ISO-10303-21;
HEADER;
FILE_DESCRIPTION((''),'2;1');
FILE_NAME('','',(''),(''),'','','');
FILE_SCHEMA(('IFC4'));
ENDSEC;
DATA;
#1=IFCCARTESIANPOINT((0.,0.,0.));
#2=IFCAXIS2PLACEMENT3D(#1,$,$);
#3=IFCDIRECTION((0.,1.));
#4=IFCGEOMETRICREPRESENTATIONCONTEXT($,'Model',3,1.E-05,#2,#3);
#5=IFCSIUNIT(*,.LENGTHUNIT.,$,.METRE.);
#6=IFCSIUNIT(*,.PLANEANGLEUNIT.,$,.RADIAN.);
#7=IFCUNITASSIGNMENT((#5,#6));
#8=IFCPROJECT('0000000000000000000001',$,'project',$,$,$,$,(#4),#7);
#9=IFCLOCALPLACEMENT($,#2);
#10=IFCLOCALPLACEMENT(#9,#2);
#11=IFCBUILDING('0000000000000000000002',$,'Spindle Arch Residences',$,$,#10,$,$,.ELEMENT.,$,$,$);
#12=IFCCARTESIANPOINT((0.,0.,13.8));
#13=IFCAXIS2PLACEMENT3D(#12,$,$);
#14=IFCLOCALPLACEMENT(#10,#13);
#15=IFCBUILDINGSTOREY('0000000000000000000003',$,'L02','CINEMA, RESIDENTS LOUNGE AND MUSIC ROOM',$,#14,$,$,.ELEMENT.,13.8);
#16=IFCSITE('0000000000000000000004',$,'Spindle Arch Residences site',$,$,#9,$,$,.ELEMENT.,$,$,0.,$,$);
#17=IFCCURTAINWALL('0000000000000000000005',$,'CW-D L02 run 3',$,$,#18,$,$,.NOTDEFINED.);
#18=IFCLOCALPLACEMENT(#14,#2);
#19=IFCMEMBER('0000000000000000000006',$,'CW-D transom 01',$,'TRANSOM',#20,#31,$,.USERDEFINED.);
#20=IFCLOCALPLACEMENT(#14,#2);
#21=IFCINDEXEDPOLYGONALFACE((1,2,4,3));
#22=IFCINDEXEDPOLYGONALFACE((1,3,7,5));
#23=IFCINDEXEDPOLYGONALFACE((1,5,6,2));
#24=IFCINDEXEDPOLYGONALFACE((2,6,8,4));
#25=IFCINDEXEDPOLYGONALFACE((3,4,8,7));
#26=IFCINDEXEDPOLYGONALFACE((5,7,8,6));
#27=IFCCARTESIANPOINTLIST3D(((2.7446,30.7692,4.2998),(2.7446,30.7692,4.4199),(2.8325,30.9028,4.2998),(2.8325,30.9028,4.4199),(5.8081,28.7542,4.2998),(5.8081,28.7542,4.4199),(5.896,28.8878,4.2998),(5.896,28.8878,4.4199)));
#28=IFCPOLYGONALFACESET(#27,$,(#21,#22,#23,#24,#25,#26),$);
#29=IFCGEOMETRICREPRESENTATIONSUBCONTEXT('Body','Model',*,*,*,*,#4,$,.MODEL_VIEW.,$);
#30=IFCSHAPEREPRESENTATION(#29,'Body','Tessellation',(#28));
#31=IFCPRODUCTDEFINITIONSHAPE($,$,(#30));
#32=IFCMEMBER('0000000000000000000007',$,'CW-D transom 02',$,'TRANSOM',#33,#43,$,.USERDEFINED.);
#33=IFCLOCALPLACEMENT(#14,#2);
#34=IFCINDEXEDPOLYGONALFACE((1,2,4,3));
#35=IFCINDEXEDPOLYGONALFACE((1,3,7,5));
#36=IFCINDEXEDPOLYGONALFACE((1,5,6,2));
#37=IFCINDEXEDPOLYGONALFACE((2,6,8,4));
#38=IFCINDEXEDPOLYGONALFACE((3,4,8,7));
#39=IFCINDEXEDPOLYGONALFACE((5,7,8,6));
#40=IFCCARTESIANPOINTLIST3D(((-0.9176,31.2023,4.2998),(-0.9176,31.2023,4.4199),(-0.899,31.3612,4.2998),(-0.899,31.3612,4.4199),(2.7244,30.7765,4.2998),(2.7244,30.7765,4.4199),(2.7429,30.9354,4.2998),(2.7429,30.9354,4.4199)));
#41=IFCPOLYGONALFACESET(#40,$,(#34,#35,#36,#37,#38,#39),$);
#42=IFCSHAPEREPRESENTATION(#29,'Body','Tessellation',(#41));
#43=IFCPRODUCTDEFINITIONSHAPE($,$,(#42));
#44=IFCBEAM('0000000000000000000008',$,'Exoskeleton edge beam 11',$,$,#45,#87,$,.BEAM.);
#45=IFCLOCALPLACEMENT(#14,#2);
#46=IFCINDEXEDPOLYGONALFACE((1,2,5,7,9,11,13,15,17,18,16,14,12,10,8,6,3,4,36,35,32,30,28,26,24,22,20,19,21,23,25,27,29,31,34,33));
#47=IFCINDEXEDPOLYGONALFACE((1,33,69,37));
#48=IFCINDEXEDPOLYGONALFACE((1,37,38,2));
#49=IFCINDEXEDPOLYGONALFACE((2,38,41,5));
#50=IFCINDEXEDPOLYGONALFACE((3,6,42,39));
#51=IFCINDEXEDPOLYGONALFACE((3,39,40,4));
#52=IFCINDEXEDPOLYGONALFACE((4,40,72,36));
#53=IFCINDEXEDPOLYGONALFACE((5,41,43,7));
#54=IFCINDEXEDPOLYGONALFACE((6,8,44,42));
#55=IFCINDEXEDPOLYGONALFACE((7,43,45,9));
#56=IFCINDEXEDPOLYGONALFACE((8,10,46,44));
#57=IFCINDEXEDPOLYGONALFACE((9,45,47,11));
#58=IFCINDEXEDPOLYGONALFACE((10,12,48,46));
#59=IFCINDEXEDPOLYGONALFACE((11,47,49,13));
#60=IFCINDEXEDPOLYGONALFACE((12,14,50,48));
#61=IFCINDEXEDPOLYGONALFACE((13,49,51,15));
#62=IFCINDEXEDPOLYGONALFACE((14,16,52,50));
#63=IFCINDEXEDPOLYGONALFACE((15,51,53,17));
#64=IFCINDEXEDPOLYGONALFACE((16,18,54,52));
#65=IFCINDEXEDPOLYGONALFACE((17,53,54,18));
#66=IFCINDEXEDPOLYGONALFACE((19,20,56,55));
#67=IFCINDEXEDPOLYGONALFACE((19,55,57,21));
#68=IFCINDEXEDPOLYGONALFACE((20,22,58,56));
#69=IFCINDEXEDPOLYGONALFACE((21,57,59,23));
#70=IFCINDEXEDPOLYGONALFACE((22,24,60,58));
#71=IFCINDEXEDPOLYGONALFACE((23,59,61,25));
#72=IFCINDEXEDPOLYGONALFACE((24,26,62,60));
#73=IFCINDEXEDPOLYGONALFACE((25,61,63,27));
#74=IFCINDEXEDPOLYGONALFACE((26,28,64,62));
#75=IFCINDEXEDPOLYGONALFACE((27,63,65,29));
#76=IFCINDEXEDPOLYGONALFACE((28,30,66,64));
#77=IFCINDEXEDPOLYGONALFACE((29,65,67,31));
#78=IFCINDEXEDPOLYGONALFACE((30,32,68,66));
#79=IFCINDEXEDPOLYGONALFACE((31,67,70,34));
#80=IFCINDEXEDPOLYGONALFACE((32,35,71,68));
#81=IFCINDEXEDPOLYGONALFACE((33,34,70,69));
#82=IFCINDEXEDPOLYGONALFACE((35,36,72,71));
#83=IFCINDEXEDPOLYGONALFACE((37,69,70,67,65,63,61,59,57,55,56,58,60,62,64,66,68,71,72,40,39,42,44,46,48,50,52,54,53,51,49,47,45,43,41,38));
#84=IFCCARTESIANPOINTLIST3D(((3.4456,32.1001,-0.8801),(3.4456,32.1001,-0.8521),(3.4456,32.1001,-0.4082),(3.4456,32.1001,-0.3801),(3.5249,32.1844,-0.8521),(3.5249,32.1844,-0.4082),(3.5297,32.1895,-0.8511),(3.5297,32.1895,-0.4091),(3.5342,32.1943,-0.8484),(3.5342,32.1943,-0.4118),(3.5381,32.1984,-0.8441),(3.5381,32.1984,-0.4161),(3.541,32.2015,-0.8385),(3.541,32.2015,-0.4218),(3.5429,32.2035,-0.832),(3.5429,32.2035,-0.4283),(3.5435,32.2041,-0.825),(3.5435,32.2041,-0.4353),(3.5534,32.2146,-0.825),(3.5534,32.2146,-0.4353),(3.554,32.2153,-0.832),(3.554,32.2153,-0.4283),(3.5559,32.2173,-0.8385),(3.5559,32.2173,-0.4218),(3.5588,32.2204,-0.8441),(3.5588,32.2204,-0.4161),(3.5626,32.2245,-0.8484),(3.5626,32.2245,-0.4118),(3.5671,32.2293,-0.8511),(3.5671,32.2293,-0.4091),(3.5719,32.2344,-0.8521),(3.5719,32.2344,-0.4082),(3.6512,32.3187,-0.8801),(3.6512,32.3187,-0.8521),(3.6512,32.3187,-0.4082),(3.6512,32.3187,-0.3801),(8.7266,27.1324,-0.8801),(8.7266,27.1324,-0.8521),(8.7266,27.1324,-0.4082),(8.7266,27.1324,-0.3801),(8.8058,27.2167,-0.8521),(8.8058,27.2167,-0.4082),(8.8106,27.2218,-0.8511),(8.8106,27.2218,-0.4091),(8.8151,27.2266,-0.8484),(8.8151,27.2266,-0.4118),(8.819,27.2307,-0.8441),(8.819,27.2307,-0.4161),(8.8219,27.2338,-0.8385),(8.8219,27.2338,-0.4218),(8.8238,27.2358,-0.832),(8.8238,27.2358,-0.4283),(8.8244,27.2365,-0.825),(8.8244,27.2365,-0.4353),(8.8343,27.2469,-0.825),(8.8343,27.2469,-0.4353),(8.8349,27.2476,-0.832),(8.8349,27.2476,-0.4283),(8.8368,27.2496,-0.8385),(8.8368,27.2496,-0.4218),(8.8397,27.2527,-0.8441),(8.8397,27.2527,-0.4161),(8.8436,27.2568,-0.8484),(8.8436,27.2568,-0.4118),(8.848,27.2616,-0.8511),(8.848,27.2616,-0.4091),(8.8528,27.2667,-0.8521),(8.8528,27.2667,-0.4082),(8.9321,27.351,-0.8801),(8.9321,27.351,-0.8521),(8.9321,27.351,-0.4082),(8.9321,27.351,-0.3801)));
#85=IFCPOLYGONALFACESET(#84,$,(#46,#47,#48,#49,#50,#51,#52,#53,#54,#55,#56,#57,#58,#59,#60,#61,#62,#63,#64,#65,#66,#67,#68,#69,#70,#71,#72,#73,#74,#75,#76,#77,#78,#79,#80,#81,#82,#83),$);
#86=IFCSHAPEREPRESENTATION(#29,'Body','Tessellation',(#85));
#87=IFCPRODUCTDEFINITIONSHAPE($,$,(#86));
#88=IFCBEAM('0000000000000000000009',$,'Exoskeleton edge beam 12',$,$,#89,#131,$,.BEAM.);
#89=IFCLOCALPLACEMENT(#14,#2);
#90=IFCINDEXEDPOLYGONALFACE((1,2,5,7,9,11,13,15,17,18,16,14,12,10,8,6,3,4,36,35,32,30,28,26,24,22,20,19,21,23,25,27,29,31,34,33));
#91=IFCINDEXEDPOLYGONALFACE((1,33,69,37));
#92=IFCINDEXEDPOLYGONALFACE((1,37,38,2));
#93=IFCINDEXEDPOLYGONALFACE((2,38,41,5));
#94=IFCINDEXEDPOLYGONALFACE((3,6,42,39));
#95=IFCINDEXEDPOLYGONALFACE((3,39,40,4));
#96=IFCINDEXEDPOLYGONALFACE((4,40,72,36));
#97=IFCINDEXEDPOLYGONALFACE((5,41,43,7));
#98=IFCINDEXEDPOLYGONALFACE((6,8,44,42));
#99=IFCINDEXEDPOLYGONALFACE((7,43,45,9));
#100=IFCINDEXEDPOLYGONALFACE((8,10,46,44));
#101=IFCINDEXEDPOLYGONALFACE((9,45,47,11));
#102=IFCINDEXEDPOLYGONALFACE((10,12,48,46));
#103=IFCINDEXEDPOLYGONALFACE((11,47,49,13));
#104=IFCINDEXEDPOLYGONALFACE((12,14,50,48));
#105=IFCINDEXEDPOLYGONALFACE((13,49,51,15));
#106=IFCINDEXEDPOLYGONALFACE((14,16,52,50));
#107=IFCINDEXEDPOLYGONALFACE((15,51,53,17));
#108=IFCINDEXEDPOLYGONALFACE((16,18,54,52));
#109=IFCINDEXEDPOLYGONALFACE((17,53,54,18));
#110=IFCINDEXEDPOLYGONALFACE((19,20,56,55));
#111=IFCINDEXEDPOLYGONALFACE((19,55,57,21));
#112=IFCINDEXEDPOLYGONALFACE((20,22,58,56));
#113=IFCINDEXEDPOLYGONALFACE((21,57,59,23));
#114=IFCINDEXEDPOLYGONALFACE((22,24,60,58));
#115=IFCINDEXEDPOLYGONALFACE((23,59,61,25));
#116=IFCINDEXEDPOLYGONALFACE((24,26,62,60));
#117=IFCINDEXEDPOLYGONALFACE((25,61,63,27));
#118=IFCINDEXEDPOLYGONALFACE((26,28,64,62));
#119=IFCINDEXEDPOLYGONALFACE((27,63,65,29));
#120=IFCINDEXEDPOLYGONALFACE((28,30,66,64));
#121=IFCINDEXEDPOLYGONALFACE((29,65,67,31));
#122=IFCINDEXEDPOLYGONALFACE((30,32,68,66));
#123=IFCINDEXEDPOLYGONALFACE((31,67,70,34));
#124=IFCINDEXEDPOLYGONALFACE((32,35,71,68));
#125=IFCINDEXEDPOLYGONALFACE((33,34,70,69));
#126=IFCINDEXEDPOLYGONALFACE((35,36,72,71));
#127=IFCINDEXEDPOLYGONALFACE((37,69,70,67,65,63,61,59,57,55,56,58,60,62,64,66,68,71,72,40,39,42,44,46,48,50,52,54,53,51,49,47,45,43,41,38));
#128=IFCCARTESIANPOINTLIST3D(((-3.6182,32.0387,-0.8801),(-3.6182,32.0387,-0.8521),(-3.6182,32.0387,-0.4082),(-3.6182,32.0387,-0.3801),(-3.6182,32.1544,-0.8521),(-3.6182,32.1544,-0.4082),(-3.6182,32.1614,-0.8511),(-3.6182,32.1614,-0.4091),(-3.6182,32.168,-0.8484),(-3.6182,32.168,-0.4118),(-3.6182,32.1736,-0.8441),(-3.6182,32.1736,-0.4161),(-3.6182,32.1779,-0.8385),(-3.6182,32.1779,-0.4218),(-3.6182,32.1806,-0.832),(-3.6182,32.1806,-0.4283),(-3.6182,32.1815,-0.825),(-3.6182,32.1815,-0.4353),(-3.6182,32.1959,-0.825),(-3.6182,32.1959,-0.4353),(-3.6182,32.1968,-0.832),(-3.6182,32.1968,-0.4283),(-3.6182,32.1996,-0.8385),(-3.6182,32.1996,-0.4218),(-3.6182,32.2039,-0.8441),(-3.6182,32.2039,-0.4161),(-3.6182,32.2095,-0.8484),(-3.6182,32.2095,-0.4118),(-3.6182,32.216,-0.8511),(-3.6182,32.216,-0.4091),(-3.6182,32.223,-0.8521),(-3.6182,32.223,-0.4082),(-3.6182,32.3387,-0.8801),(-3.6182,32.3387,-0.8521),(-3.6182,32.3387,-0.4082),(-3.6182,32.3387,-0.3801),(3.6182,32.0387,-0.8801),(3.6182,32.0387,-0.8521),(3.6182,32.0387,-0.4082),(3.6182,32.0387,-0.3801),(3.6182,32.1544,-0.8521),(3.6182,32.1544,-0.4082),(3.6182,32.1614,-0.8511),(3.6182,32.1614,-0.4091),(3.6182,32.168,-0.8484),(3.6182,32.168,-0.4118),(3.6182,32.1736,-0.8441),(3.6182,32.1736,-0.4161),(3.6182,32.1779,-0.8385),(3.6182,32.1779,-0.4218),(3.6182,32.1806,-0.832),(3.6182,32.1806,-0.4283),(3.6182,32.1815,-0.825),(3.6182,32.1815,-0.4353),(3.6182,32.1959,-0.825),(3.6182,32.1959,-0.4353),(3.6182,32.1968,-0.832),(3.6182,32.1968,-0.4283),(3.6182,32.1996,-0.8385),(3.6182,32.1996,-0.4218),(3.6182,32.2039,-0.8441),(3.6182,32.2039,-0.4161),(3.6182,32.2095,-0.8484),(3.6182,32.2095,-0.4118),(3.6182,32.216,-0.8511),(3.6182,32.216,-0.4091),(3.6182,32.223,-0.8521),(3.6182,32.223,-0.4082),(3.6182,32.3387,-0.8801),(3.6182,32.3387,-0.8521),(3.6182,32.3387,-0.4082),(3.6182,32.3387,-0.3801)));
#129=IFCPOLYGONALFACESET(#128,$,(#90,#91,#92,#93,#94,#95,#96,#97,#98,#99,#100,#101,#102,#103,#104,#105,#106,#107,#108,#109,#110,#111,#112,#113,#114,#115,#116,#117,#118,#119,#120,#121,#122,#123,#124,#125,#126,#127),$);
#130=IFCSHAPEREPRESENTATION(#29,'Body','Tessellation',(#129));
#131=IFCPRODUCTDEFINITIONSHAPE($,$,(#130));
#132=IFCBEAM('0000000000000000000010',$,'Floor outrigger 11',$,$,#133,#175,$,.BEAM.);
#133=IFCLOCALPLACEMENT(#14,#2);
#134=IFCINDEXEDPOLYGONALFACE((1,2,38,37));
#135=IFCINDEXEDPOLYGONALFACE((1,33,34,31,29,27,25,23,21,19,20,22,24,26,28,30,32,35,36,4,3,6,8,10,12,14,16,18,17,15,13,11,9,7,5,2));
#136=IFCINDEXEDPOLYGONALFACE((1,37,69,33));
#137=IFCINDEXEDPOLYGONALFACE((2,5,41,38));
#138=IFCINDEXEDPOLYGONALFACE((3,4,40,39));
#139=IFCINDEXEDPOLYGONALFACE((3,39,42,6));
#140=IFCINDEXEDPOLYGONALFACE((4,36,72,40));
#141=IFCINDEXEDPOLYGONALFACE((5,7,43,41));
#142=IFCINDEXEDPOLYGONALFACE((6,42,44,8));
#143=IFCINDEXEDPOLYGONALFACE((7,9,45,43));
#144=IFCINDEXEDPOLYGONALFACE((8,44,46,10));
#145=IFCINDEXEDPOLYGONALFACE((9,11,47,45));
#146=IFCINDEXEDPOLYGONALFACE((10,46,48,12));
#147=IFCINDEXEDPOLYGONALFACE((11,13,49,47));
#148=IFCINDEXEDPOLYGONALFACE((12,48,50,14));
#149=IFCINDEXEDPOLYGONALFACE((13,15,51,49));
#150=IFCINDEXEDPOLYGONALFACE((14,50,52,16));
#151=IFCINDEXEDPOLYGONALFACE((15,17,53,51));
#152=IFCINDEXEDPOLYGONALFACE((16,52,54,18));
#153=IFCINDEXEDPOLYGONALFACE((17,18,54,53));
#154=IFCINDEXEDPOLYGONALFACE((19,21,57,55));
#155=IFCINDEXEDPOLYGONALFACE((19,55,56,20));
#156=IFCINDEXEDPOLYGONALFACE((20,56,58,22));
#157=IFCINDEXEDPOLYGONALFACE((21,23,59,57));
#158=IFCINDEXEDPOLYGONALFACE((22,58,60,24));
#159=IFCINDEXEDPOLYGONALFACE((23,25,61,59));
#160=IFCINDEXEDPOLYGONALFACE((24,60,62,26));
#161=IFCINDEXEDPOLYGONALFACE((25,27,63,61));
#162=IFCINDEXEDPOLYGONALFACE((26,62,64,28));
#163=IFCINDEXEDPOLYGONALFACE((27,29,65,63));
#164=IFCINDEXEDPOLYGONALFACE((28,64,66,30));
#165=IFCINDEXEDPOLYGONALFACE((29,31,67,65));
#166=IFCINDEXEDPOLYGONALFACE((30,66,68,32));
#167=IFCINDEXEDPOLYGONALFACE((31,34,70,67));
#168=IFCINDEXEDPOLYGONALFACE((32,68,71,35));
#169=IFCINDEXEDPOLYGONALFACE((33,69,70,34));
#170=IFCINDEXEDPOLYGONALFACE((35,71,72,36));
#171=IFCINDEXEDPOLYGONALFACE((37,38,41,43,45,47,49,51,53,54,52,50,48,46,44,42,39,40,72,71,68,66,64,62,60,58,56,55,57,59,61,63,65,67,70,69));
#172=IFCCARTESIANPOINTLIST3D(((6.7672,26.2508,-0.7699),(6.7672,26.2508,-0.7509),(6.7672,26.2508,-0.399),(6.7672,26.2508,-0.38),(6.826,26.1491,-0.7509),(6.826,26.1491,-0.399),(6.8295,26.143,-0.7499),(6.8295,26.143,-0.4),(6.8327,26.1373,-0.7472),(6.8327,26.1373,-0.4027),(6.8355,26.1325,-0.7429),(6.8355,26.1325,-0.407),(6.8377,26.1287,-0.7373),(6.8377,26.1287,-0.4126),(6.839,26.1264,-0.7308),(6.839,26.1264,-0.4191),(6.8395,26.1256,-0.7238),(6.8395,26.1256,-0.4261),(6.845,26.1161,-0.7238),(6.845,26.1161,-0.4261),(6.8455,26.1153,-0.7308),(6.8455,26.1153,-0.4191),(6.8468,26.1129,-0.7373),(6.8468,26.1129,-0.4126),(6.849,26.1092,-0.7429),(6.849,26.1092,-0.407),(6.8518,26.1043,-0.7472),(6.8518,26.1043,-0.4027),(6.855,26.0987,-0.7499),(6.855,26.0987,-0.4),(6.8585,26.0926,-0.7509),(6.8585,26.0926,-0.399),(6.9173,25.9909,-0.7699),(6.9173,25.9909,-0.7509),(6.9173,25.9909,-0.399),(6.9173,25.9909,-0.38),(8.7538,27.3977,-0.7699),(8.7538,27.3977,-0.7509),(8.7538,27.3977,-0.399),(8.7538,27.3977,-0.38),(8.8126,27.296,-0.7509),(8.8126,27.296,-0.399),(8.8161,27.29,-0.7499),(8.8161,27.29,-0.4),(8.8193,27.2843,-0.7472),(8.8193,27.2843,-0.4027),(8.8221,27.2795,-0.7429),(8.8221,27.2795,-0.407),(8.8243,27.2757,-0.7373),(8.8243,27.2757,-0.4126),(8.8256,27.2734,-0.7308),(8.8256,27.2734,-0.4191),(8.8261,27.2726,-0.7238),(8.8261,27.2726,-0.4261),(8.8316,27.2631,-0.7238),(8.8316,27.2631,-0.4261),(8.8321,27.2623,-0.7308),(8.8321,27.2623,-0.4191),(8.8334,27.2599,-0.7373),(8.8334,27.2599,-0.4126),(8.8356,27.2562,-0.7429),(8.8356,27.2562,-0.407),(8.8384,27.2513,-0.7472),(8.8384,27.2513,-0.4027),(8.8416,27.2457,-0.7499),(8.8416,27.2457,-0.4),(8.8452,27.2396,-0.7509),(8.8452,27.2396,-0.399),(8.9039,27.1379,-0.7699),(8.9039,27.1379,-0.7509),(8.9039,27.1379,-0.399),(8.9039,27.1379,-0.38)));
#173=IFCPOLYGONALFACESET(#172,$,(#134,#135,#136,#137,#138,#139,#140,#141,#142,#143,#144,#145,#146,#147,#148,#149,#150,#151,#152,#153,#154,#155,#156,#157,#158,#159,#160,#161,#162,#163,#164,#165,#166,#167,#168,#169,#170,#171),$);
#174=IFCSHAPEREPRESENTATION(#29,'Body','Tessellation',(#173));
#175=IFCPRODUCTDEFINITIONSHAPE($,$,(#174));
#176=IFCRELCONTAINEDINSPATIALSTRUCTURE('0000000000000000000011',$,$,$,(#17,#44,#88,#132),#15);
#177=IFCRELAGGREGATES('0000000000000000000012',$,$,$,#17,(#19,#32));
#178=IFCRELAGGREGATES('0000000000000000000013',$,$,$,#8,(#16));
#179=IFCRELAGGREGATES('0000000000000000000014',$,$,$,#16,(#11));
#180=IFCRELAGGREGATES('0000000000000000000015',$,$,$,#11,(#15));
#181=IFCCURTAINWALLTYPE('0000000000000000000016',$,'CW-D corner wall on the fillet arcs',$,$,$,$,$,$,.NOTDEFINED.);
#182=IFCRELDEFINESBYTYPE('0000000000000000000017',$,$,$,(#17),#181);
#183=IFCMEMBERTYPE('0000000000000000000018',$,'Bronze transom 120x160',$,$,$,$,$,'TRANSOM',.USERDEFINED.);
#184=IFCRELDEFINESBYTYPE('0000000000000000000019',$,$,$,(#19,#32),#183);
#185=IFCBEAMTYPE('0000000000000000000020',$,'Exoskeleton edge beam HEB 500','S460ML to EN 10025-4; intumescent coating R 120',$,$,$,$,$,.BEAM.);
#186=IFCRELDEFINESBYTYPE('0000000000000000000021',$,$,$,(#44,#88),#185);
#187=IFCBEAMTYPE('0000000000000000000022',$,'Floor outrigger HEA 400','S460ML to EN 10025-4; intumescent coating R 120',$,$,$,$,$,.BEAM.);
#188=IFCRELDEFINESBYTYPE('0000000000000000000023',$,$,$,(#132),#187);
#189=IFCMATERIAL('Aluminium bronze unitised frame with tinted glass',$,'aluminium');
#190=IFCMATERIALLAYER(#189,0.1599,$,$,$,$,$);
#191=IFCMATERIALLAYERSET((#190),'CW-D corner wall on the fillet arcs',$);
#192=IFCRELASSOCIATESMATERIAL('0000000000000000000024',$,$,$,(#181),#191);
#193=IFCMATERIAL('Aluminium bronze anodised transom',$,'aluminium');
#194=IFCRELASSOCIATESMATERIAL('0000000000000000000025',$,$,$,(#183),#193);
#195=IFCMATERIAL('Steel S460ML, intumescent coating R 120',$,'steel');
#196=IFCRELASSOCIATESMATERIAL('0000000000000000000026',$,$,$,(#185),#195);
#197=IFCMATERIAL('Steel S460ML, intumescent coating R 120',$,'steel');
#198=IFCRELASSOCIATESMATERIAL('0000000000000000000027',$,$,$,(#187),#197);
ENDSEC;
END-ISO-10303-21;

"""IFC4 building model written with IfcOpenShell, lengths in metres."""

from ifc_helpers import new_model, si_unit, direction, frame, origin, origin_2d, place, context, subcontext, project, spatial, rectangle, i_section, extrude, material, layer, layer_set, material_profile, profile_set, type_object, element, aggregate, save


model = new_model("IFC4")

# Units and contexts
model_context = context("Model", 3, precision=1e-05, world=origin(), true_north=direction((0.0, 1.0)))
body_context = subcontext(model_context, "Body", "Model", "MODEL_VIEW")
ifc_project = project(units=[si_unit("LENGTHUNIT", "METRE"), si_unit("PLANEANGLEUNIT", "RADIAN")], contexts=[model_context])

# Site, building, storey
site_placement = place(None, origin())
site = spatial("IfcSite", under=ifc_project, at=site_placement, Name="Spindle Arch Residences site", CompositionType="ELEMENT", RefElevation=0.0)
building_placement = place(site_placement, origin())
building = spatial("IfcBuilding", under=site, at=building_placement, Name="Spindle Arch Residences", CompositionType="ELEMENT")
storey_placement = place(building_placement, frame((0.0, 0.0, 13.8)))
storey = spatial("IfcBuildingStorey", under=building, at=storey_placement, Name="L02", Description="CINEMA, RESIDENTS LOUNGE AND MUSIC ROOM", CompositionType="ELEMENT", Elevation=13.8)

# Curtain wall, members
ifc_material_1 = material(Name="Aluminium bronze unitised frame with tinted glass", Category="aluminium")
ifc_layer_1 = layer(ifc_material_1, 0.1599)
ifc_layer_set_1 = layer_set([ifc_layer_1], Name="CW-D corner wall on the fillet arcs")
curtain_wall_type_1 = type_object("IfcCurtainWallType", Name="CW-D corner wall on the fillet arcs", PredefinedType="NOTDEFINED", material=ifc_layer_set_1)
curtain_wall_1_placement = place(storey_placement, origin())
curtain_wall_1 = element("IfcCurtainWall", 1, at=curtain_wall_1_placement, inside=storey, type_object=curtain_wall_type_1, Name="CW-D L02 run 3", PredefinedType="NOTDEFINED")
ifc_material_2 = material(Name="Aluminium bronze anodised transom", Category="aluminium")
ifc_material_profile_1 = material_profile(ifc_material_2, rectangle(XDim=0.1599, YDim=0.1201, at=origin_2d()), Name="TR 120x160")
ifc_profile_set_1 = profile_set([ifc_material_profile_1], Name="Aluminium bronze anodised transom")
member_type_1 = type_object("IfcMemberType", Name="Bronze transom 120x160", ElementType="TRANSOM", PredefinedType="USERDEFINED", material=ifc_profile_set_1)
member_1_placement = place(storey_placement, frame((5.8521, 28.821, 4.3599), z_axis=(-0.835486, 0.549511, 0.0), x_axis=(-0.549511, -0.835486, 0.0)))
member_1 = element("IfcMember", 2, at=member_1_placement, type_object=member_type_1, Name="CW-D transom 01", ObjectType="TRANSOM", PredefinedType="USERDEFINED", context=body_context, shape_type="SweptSolid", body=[
    extrude(rectangle(XDim=0.1599, YDim=0.1201, at=origin_2d()), origin(), (0.0, 0.0, 1.0), 3.6667),
])
member_2_placement = place(storey_placement, frame((2.7336, 30.856, 4.3599), z_axis=(-0.993235, 0.116123, 0.0), x_axis=(-0.116123, -0.993235, 0.0)))
member_2 = element("IfcMember", 3, at=member_2_placement, type_object=member_type_1, Name="CW-D transom 02", ObjectType="TRANSOM", PredefinedType="USERDEFINED", context=body_context, shape_type="SweptSolid", body=[
    extrude(rectangle(XDim=0.1599, YDim=0.1201, at=origin_2d()), origin(), (0.0, 0.0, 1.0), 3.6667),
])

# Beams
ifc_material_3 = material(Name="Steel S460ML, intumescent coating R 120", Category="steel")
ifc_material_profile_2 = material_profile(ifc_material_3, i_section(OverallWidth=0.3, OverallDepth=0.5, WebThickness=0.0144, FlangeThickness=0.0281, FilletRadius=0.0271, at=origin_2d()), Name="HEB 500")
ifc_profile_set_2 = profile_set([ifc_material_profile_2], Name="Steel S460ML, intumescent coating R 120")
beam_type_1 = type_object("IfcBeamType", Name="Exoskeleton edge beam HEB 500", Description="S460ML to EN 10025-4; intumescent coating R 120", PredefinedType="BEAM", material=ifc_profile_set_2)
beam_1_placement = place(storey_placement, frame((8.8293, 27.2417, -0.6301), z_axis=(-0.728378, 0.685176, 0.0), x_axis=(-0.685176, -0.728378, 0.0)))
element("IfcBeam", 4, at=beam_1_placement, inside=storey, type_object=beam_type_1, Name="Exoskeleton edge beam 11", PredefinedType="BEAM", context=body_context, shape_type="SweptSolid", body=[
    extrude(i_section(OverallWidth=0.3, OverallDepth=0.5, WebThickness=0.0144, FlangeThickness=0.0281, FilletRadius=0.0271, at=origin_2d()), origin(), (0.0, 0.0, 1.0), 7.2502),
])
beam_2_placement = place(storey_placement, frame((3.6182, 32.1887, -0.6301), z_axis=(-1.0, 0.0, 0.0), x_axis=(0.0, -1.0, 0.0)))
element("IfcBeam", 5, at=beam_2_placement, inside=storey, type_object=beam_type_1, Name="Exoskeleton edge beam 12", PredefinedType="BEAM", context=body_context, shape_type="SweptSolid", body=[
    extrude(i_section(OverallWidth=0.3, OverallDepth=0.5, WebThickness=0.0144, FlangeThickness=0.0281, FilletRadius=0.0271, at=origin_2d()), origin(), (0.0, 0.0, 1.0), 7.2363),
])
ifc_material_4 = material(Name="Steel S460ML, intumescent coating R 120", Category="steel")
ifc_material_profile_3 = material_profile(ifc_material_4, i_section(OverallWidth=0.3, OverallDepth=0.3899, WebThickness=0.011, FlangeThickness=0.019, FilletRadius=0.0271, at=origin_2d()), Name="HEA 400")
ifc_profile_set_3 = profile_set([ifc_material_profile_3], Name="Steel S460ML, intumescent coating R 120")
beam_type_2 = type_object("IfcBeamType", Name="Floor outrigger HEA 400", Description="S460ML to EN 10025-4; intumescent coating R 120", PredefinedType="BEAM", material=ifc_profile_set_3)
beam_3_placement = place(storey_placement, frame((8.8289, 27.2678, -0.575), z_axis=(-0.866021, -0.500008, 0.0), x_axis=(0.500008, -0.866021, 0.0)))
element("IfcBeam", 6, at=beam_3_placement, inside=storey, type_object=beam_type_2, Name="Floor outrigger 11", PredefinedType="BEAM", context=body_context, shape_type="SweptSolid", body=[
    extrude(i_section(OverallWidth=0.3, OverallDepth=0.3899, WebThickness=0.011, FlangeThickness=0.019, FilletRadius=0.0271, at=origin_2d()), origin(), (0.0, 0.0, 1.0), 2.2939),
])

aggregate(curtain_wall_1, [member_1, member_2])

save(model, "model.ifc")
